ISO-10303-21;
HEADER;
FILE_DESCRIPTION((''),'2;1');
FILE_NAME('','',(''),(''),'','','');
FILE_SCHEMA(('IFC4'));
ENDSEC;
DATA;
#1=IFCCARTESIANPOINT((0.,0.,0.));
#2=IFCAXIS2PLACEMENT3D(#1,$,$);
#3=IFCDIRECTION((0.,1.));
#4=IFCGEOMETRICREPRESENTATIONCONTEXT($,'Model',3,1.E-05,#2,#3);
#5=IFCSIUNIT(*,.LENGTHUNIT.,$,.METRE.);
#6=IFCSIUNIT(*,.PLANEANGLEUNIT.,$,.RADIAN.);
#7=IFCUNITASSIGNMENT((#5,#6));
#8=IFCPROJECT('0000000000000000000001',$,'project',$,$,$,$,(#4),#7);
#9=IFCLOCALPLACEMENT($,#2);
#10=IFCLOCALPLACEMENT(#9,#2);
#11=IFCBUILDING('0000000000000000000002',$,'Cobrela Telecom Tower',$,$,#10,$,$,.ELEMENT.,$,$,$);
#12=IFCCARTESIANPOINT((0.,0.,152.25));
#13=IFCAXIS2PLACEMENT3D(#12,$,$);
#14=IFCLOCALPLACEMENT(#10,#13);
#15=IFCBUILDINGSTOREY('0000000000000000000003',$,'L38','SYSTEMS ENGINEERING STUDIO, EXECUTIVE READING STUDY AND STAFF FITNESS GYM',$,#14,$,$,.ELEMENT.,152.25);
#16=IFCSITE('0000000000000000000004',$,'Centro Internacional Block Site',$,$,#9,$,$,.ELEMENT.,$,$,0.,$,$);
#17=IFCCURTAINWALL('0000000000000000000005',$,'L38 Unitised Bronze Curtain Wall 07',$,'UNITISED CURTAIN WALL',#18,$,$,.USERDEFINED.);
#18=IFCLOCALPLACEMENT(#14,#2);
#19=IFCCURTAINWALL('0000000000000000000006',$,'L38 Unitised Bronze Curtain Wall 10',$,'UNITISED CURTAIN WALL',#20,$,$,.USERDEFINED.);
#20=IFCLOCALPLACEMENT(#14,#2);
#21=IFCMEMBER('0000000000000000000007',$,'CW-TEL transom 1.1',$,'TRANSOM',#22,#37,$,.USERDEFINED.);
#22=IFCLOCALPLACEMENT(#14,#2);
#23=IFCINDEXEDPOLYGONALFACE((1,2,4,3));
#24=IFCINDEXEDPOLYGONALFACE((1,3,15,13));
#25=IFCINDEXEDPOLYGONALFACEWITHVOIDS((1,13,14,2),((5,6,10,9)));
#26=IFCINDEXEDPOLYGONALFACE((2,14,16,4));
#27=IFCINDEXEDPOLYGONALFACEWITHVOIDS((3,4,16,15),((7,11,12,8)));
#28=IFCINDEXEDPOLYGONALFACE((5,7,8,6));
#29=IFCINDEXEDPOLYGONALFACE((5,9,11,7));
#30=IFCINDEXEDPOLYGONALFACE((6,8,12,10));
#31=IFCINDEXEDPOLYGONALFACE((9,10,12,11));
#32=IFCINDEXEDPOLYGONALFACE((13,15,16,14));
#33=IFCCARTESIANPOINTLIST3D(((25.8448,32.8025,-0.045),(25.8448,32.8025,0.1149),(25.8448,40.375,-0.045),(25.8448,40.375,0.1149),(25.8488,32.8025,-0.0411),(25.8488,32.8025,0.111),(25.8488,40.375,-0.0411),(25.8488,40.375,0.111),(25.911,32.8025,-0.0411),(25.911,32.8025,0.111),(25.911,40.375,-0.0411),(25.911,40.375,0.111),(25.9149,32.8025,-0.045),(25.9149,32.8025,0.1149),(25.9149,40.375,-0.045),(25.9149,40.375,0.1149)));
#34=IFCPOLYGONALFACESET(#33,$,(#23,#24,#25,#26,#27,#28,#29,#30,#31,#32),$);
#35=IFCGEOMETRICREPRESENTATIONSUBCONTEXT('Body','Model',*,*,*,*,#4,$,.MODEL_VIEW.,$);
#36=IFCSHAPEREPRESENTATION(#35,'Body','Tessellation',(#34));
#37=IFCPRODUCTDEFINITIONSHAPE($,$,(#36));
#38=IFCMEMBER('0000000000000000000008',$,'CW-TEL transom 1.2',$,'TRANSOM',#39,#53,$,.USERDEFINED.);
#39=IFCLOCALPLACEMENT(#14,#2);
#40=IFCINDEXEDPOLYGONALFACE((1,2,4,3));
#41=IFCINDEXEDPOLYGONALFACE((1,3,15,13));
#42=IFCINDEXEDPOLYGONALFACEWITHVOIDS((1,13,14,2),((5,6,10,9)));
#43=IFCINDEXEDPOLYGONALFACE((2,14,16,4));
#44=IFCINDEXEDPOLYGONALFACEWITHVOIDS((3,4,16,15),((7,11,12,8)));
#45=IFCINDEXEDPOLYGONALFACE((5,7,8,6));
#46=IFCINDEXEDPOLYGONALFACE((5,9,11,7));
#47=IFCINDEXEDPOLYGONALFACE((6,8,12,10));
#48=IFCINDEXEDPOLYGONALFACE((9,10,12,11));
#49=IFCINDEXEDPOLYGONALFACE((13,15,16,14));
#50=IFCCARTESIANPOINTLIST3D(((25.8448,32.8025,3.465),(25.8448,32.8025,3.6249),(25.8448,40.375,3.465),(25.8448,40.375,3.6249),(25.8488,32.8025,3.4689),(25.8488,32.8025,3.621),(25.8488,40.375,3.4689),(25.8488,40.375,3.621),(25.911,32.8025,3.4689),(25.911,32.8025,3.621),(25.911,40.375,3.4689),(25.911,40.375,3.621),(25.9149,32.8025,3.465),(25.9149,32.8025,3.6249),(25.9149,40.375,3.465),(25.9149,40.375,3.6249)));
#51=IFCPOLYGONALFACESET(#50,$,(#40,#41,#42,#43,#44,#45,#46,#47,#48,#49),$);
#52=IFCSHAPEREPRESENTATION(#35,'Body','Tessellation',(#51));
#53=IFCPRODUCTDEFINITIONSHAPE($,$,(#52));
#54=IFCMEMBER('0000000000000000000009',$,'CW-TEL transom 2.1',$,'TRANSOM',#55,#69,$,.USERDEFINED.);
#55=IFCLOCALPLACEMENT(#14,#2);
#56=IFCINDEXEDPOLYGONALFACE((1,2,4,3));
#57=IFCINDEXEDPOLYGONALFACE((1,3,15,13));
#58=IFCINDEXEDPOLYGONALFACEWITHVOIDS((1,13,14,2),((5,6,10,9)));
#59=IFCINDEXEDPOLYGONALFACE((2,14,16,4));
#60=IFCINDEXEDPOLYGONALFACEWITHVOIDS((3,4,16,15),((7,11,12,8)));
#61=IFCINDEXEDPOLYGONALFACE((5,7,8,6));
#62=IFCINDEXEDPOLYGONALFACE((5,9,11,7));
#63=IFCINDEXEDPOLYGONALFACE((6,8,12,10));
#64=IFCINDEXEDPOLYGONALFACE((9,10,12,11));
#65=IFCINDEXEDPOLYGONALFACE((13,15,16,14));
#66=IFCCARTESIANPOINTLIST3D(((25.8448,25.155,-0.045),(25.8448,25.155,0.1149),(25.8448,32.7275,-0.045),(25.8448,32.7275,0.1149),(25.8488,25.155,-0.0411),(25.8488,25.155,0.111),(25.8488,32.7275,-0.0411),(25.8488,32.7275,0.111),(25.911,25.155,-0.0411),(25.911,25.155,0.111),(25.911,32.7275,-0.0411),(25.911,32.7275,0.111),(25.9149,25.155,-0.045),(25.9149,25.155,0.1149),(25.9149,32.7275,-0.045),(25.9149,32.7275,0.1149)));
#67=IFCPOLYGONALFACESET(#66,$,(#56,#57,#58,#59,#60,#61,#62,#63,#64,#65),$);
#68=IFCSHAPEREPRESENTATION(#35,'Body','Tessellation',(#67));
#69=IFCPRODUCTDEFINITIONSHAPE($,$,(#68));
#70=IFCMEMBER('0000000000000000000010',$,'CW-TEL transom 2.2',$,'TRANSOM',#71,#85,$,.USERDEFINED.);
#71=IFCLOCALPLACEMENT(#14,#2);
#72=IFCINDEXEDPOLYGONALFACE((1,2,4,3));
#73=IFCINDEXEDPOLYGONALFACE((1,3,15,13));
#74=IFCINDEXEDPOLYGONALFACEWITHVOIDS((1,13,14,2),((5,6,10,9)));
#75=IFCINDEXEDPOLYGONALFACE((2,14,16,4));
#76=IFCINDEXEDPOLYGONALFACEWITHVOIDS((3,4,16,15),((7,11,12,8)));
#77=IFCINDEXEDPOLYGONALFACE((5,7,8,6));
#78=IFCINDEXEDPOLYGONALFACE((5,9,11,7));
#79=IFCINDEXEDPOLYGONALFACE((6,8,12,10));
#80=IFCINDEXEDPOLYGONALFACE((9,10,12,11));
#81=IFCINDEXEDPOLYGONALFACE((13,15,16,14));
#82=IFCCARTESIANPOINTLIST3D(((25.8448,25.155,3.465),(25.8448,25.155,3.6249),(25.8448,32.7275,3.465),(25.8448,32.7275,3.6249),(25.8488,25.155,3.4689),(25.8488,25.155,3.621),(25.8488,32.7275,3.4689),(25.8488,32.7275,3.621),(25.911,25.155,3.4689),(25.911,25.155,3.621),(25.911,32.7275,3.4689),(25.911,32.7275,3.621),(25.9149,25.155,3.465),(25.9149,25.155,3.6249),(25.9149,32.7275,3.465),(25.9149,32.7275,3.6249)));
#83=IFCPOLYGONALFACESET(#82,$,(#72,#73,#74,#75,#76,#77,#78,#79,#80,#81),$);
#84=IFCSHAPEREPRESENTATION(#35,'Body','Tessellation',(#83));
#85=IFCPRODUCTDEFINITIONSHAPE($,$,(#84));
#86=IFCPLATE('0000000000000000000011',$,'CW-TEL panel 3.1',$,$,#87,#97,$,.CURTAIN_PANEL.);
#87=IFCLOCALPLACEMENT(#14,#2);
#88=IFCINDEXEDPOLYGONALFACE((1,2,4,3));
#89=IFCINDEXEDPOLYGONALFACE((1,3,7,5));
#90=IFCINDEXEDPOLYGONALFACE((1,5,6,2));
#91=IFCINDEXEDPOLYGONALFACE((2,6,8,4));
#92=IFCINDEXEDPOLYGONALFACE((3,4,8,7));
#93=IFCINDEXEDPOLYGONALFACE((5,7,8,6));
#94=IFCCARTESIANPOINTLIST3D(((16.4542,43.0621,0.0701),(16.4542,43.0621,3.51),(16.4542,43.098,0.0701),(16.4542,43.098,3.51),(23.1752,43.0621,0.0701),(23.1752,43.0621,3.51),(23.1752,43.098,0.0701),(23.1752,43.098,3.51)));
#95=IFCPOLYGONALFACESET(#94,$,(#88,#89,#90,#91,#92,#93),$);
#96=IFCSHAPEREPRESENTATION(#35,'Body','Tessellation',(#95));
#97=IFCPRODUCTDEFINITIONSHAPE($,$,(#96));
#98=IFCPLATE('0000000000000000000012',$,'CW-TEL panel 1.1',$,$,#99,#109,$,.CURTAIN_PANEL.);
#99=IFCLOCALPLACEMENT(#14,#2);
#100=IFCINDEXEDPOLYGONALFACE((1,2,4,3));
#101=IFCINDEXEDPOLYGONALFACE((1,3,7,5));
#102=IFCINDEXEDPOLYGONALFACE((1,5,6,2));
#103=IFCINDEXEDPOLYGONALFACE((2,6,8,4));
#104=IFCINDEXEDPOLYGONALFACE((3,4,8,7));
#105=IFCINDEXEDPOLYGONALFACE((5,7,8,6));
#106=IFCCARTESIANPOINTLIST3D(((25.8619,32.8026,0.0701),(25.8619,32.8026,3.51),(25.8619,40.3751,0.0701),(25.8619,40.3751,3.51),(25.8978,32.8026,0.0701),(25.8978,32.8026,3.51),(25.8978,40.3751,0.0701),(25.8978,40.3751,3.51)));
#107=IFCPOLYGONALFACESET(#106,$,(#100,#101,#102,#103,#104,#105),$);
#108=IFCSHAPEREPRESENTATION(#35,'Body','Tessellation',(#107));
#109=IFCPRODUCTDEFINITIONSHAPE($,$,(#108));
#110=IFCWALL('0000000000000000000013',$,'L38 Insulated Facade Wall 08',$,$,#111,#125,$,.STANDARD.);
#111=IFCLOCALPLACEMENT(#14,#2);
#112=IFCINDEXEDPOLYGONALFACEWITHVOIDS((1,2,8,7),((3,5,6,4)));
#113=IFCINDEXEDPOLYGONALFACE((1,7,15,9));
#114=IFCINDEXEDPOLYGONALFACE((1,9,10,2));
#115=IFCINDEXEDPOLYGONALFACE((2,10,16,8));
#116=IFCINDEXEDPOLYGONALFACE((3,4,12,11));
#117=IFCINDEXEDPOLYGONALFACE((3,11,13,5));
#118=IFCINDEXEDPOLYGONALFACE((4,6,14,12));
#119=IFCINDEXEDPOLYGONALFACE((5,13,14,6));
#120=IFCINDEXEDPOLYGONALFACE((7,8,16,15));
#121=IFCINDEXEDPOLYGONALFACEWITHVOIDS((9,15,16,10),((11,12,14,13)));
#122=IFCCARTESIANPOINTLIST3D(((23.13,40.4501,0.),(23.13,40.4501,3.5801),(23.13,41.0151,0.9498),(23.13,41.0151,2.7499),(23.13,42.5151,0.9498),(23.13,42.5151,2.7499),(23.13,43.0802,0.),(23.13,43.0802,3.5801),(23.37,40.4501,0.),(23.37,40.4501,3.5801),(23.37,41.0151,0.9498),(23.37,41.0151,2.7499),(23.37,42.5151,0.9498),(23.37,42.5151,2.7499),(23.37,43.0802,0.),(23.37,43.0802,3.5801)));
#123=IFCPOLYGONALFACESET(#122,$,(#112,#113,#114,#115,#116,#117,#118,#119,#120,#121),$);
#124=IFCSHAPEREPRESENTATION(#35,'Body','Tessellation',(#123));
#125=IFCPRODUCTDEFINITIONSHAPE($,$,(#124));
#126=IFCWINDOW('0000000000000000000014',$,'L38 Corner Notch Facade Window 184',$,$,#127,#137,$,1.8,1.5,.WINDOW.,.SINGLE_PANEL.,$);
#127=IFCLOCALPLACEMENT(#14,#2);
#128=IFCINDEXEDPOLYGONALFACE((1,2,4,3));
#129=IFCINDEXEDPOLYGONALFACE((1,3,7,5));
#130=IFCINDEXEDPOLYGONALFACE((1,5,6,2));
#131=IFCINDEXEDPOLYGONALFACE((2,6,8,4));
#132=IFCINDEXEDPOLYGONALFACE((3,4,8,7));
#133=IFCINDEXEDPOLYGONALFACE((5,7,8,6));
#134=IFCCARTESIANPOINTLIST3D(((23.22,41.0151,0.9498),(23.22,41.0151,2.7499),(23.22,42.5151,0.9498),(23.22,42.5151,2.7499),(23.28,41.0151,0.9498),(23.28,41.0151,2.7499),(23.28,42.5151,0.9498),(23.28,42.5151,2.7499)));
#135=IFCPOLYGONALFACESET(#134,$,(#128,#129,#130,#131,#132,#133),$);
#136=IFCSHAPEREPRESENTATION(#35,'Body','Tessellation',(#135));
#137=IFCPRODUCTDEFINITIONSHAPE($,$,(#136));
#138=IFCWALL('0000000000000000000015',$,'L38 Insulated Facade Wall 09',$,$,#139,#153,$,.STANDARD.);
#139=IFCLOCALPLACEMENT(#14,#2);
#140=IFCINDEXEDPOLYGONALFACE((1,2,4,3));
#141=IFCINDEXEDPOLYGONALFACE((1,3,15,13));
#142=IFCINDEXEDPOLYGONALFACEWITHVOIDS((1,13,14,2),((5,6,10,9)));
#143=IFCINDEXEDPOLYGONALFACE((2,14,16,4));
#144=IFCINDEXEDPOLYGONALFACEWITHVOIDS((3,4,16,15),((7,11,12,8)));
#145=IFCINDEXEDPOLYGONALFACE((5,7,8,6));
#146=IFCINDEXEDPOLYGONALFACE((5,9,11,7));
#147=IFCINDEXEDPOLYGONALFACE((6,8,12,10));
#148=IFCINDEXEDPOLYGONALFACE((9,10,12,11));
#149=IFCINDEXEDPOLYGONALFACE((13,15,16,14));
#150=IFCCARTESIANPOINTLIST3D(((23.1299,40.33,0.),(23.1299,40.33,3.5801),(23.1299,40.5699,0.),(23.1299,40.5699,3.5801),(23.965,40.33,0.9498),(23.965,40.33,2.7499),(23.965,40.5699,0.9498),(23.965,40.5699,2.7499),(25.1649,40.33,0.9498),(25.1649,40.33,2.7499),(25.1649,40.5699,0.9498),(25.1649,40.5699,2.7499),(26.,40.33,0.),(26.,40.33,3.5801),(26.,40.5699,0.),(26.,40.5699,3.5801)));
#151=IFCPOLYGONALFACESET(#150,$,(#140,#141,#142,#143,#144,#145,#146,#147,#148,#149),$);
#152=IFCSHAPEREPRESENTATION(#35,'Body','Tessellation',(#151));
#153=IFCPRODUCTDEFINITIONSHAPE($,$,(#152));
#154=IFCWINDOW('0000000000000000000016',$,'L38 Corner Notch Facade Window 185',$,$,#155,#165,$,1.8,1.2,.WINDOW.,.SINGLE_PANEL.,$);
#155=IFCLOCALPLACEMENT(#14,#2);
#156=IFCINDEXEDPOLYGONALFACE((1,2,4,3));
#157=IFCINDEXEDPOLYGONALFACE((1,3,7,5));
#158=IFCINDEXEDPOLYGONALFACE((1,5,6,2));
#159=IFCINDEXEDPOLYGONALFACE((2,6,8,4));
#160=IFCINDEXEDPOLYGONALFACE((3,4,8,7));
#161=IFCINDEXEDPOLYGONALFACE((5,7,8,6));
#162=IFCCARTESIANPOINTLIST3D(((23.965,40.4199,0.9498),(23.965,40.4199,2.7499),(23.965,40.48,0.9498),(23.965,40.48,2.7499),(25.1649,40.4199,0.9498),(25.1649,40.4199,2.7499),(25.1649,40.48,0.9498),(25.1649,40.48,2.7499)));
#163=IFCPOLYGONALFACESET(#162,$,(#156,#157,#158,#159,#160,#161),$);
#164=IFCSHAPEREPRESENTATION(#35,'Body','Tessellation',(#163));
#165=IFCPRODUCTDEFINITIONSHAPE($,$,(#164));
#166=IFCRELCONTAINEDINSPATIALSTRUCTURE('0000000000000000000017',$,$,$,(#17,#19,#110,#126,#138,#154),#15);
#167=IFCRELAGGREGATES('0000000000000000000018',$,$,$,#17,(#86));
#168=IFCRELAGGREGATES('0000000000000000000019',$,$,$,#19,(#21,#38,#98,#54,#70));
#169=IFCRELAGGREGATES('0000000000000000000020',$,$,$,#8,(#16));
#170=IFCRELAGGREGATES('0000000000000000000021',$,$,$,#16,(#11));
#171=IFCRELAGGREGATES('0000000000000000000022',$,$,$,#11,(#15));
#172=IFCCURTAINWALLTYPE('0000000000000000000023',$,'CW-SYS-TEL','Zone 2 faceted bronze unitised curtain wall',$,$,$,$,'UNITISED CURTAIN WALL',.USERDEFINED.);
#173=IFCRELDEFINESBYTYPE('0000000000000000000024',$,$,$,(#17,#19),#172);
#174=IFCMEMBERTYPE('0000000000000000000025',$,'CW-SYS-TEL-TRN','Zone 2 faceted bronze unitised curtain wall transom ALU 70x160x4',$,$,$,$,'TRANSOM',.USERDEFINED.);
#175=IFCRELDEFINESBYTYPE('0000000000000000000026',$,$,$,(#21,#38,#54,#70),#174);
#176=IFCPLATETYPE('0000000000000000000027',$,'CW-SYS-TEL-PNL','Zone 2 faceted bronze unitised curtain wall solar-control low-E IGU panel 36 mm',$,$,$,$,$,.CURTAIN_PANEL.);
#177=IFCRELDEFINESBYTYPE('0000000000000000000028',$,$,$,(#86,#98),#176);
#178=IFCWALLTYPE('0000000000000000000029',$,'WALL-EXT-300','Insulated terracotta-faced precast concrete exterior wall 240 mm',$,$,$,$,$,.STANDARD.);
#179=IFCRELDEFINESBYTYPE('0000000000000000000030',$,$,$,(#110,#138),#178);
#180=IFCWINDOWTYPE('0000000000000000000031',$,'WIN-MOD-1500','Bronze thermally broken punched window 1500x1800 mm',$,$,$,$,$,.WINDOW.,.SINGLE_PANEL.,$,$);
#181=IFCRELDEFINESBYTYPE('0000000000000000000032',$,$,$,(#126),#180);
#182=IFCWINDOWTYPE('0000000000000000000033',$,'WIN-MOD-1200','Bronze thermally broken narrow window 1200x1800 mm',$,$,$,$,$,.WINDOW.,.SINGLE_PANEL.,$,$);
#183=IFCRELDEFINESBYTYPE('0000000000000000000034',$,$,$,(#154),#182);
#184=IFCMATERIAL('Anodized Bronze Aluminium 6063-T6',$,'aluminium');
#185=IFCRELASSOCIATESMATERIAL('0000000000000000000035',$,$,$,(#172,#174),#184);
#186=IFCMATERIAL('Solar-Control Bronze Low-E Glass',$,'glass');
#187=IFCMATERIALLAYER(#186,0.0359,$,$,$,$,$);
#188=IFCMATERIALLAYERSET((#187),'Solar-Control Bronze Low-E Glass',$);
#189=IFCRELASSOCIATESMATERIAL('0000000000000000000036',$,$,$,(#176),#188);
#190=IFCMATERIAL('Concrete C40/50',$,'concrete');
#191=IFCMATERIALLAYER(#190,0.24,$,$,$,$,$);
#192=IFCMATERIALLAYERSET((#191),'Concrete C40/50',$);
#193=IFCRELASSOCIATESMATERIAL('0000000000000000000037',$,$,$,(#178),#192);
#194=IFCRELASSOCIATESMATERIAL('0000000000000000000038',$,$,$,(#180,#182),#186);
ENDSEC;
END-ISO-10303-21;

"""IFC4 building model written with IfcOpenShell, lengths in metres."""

from ifc_helpers import new_model, si_unit, direction, frame, frame_2d, origin, origin_2d, place, context, subcontext, project, spatial, rectangle, hollow_rectangle, extrude, material, layer, layer_set, material_profile, profile_set, type_object, element, fill, aggregate, save


model = new_model("IFC4")

# Units and contexts
model_context = context("Model", 3, precision=1e-05, world=origin(), true_north=direction((0.0, 1.0)))
body_context = subcontext(model_context, "Body", "Model", "MODEL_VIEW")
ifc_project = project(units=[si_unit("LENGTHUNIT", "METRE"), si_unit("PLANEANGLEUNIT", "RADIAN")], contexts=[model_context])

# Site, building, storey
site_placement = place(None, origin())
site = spatial("IfcSite", under=ifc_project, at=site_placement, Name="Centro Internacional Block Site", CompositionType="ELEMENT", RefElevation=0.0)
building_placement = place(site_placement, origin())
building = spatial("IfcBuilding", under=site, at=building_placement, Name="Cobrela Telecom Tower", CompositionType="ELEMENT")
storey_placement = place(building_placement, frame((0.0, 0.0, 152.25)))
storey = spatial("IfcBuildingStorey", under=building, at=storey_placement, Name="L38", Description="SYSTEMS ENGINEERING STUDIO, EXECUTIVE READING STUDY AND STAFF FITNESS GYM", CompositionType="ELEMENT", Elevation=152.25)

# Curtain wall
ifc_material_1 = material(Name="Anodized Bronze Aluminium 6063-T6", Category="aluminium")
curtain_wall_type = type_object("IfcCurtainWallType", Name="CW-SYS-TEL", Description="Zone 2 faceted bronze unitised curtain wall", ElementType="UNITISED CURTAIN WALL", PredefinedType="USERDEFINED", material=ifc_material_1)
curtain_wall_1_placement = place(storey_placement, origin())
curtain_wall_1 = element("IfcCurtainWall", 1, at=curtain_wall_1_placement, inside=storey, type_object=curtain_wall_type, Name="L38 Unitised Bronze Curtain Wall 07", ObjectType="UNITISED CURTAIN WALL", PredefinedType="USERDEFINED")

# Curtain wall, members
curtain_wall_2_placement = place(storey_placement, origin())
curtain_wall_2 = element("IfcCurtainWall", 2, at=curtain_wall_2_placement, inside=storey, type_object=curtain_wall_type, Name="L38 Unitised Bronze Curtain Wall 10", ObjectType="UNITISED CURTAIN WALL", PredefinedType="USERDEFINED")
ifc_material_profile_1 = material_profile(ifc_material_1, hollow_rectangle(XDim=0.0701, YDim=0.1599, WallThickness=0.0039, at=origin_2d()), Name="ALU 70x160x4")
ifc_profile_set_1 = profile_set([ifc_material_profile_1], Name="Anodized Bronze Aluminium 6063-T6")
member_type_1 = type_object("IfcMemberType", Name="CW-SYS-TEL-TRN", Description="Zone 2 faceted bronze unitised curtain wall transom ALU 70x160x4", ElementType="TRANSOM", PredefinedType="USERDEFINED", material=ifc_profile_set_1)
member_1_placement = place(storey_placement, frame((25.8799, 40.375, 0.0349), z_axis=(0.0, -1.0, 0.0), x_axis=(1.0, 0.0, 0.0)))
member_1 = element("IfcMember", 3, at=member_1_placement, type_object=member_type_1, Name="CW-TEL transom 1.1", ObjectType="TRANSOM", PredefinedType="USERDEFINED", context=body_context, shape_type="SweptSolid", body=[
    extrude(hollow_rectangle(XDim=0.0701, YDim=0.1599, WallThickness=0.0039, at=origin_2d()), origin(), (0.0, 0.0, 1.0), 7.5725),
])
member_2_placement = place(storey_placement, frame((25.8799, 40.375, 3.5449), z_axis=(0.0, -1.0, 0.0), x_axis=(1.0, 0.0, 0.0)))
member_2 = element("IfcMember", 4, at=member_2_placement, type_object=member_type_1, Name="CW-TEL transom 1.2", ObjectType="TRANSOM", PredefinedType="USERDEFINED", context=body_context, shape_type="SweptSolid", body=[
    extrude(hollow_rectangle(XDim=0.0701, YDim=0.1599, WallThickness=0.0039, at=origin_2d()), origin(), (0.0, 0.0, 1.0), 7.5725),
])
member_3_placement = place(storey_placement, frame((25.8799, 32.7275, 0.0349), z_axis=(0.0, -1.0, 0.0), x_axis=(1.0, 0.0, 0.0)))
member_3 = element("IfcMember", 5, at=member_3_placement, type_object=member_type_1, Name="CW-TEL transom 2.1", ObjectType="TRANSOM", PredefinedType="USERDEFINED", context=body_context, shape_type="SweptSolid", body=[
    extrude(hollow_rectangle(XDim=0.0701, YDim=0.1599, WallThickness=0.0039, at=origin_2d()), origin(), (0.0, 0.0, 1.0), 7.5725),
])
member_4_placement = place(storey_placement, frame((25.8799, 32.7275, 3.5449), z_axis=(0.0, -1.0, 0.0), x_axis=(1.0, 0.0, 0.0)))
member_4 = element("IfcMember", 6, at=member_4_placement, type_object=member_type_1, Name="CW-TEL transom 2.2", ObjectType="TRANSOM", PredefinedType="USERDEFINED", context=body_context, shape_type="SweptSolid", body=[
    extrude(hollow_rectangle(XDim=0.0701, YDim=0.1599, WallThickness=0.0039, at=origin_2d()), origin(), (0.0, 0.0, 1.0), 7.5725),
])

# Plates
ifc_material_2 = material(Name="Solar-Control Bronze Low-E Glass", Category="glass")
ifc_layer_1 = layer(ifc_material_2, 0.0359)
ifc_layer_set_1 = layer_set([ifc_layer_1], Name="Solar-Control Bronze Low-E Glass")
plate_type = type_object("IfcPlateType", Name="CW-SYS-TEL-PNL", Description="Zone 2 faceted bronze unitised curtain wall solar-control low-E IGU panel 36 mm", PredefinedType="CURTAIN_PANEL", material=ifc_layer_set_1)
plate_1_placement = place(storey_placement, frame((19.8147, 43.0801, 0.0701), z_axis=(0.0, 0.0, 1.0), x_axis=(1.0, 0.0, 0.0)))
plate_1 = element("IfcPlate", 7, at=plate_1_placement, type_object=plate_type, Name="CW-TEL panel 3.1", PredefinedType="CURTAIN_PANEL", context=body_context, shape_type="SweptSolid", body=[
    extrude(rectangle(XDim=6.7209, YDim=0.0359, at=origin_2d()), origin(), (0.0, 0.0, 1.0), 3.4399),
])
aggregate(curtain_wall_1, [plate_1])
plate_2_placement = place(storey_placement, frame((25.8799, 36.5889, 0.0701), z_axis=(0.0, 0.0, 1.0), x_axis=(0.0, -1.0, 0.0)))
plate_2 = element("IfcPlate", 8, at=plate_2_placement, type_object=plate_type, Name="CW-TEL panel 1.1", PredefinedType="CURTAIN_PANEL", context=body_context, shape_type="SweptSolid", body=[
    extrude(rectangle(XDim=7.5725, YDim=0.0359, at=origin_2d()), origin(), (0.0, 0.0, 1.0), 3.4399),
])
aggregate(curtain_wall_2, [member_1, member_2, plate_2, member_3, member_4])

# Walls, openings, windows
ifc_material_3 = material(Name="Concrete C40/50", Category="concrete")
ifc_layer_2 = layer(ifc_material_3, 0.24)
ifc_layer_set_2 = layer_set([ifc_layer_2], Name="Concrete C40/50")
wall_type = type_object("IfcWallType", Name="WALL-EXT-300", Description="Insulated terracotta-faced precast concrete exterior wall 240 mm", PredefinedType="STANDARD", material=ifc_layer_set_2)
wall_1_placement = place(storey_placement, frame((23.25, 43.0801, 0.0), z_axis=(0.0, 0.0, 1.0), x_axis=(0.0, -1.0, 0.0)))
wall_1 = element("IfcWall", 9, at=wall_1_placement, inside=storey, type_object=wall_type, Name="L38 Insulated Facade Wall 08", PredefinedType="STANDARD", context=body_context, shape_type="SweptSolid", body=[
    extrude(rectangle(XDim=2.6301, YDim=0.24, at=frame_2d((1.3149, 0.0))), origin(), (0.0, 0.0, 1.0), 3.5801),
])
opening_1_placement = place(wall_1_placement, frame((0.5649, 0.0, 0.95)))
opening_1 = element("IfcOpeningElement", 10, at=opening_1_placement, cuts=wall_1, PredefinedType="OPENING", context=body_context, shape_type="SweptSolid", body=[
    extrude(rectangle(XDim=1.5, YDim=1.8, at=frame_2d((0.75, 0.8999))), frame((0.0, 0.1318, 0.0), z_axis=(0.0, -1.0, 0.0), x_axis=(1.0, 0.0, 0.0)), (0.0, 0.0, 1.0), 0.2639),
])
window_type_1 = type_object("IfcWindowType", Name="WIN-MOD-1500", Description="Bronze thermally broken punched window 1500x1800 mm", PartitioningType="SINGLE_PANEL", PredefinedType="WINDOW", material=ifc_material_2)
window_1_placement = place(opening_1_placement, origin())
window_1 = element("IfcWindow", 11, at=window_1_placement, inside=storey, type_object=window_type_1, Name="L38 Corner Notch Facade Window 184", OverallHeight=1.8, OverallWidth=1.5, PartitioningType="SINGLE_PANEL", PredefinedType="WINDOW", context=body_context, shape_type="SweptSolid", body=[
    extrude(rectangle(XDim=1.5, YDim=1.8, at=frame_2d((0.75, 0.8999))), frame((0.0, 0.03, 0.0), z_axis=(0.0, -1.0, 0.0), x_axis=(1.0, 0.0, 0.0)), (0.0, 0.0, 1.0), 0.0601),
])
fill(opening_1, window_1)
wall_2_placement = place(storey_placement, frame((23.1299, 40.45, 0.0), z_axis=(0.0, 0.0, 1.0), x_axis=(1.0, 0.0, 0.0)))
wall_2 = element("IfcWall", 12, at=wall_2_placement, inside=storey, type_object=wall_type, Name="L38 Insulated Facade Wall 09", PredefinedType="STANDARD", context=body_context, shape_type="SweptSolid", body=[
    extrude(rectangle(XDim=2.8701, YDim=0.24, at=frame_2d((1.4351, 0.0))), origin(), (0.0, 0.0, 1.0), 3.5801),
])
opening_2_placement = place(wall_2_placement, frame((0.835, 0.0, 0.95)))
opening_2 = element("IfcOpeningElement", 13, at=opening_2_placement, cuts=wall_2, PredefinedType="OPENING", context=body_context, shape_type="SweptSolid", body=[
    extrude(rectangle(XDim=1.2, YDim=1.8, at=frame_2d((0.6001, 0.8999))), frame((0.0, 0.1318, 0.0), z_axis=(0.0, -1.0, 0.0), x_axis=(1.0, 0.0, 0.0)), (0.0, 0.0, 1.0), 0.2639),
])
window_type_2 = type_object("IfcWindowType", Name="WIN-MOD-1200", Description="Bronze thermally broken narrow window 1200x1800 mm", PartitioningType="SINGLE_PANEL", PredefinedType="WINDOW", material=ifc_material_2)
window_2_placement = place(opening_2_placement, origin())
window_2 = element("IfcWindow", 14, at=window_2_placement, inside=storey, type_object=window_type_2, Name="L38 Corner Notch Facade Window 185", OverallHeight=1.8, OverallWidth=1.2, PartitioningType="SINGLE_PANEL", PredefinedType="WINDOW", context=body_context, shape_type="SweptSolid", body=[
    extrude(rectangle(XDim=1.2, YDim=1.8, at=frame_2d((0.6001, 0.8999))), frame((0.0, 0.03, 0.0), z_axis=(0.0, -1.0, 0.0), x_axis=(1.0, 0.0, 0.0)), (0.0, 0.0, 1.0), 0.0601),
])
fill(opening_2, window_2)

save(model, "model.ifc")
